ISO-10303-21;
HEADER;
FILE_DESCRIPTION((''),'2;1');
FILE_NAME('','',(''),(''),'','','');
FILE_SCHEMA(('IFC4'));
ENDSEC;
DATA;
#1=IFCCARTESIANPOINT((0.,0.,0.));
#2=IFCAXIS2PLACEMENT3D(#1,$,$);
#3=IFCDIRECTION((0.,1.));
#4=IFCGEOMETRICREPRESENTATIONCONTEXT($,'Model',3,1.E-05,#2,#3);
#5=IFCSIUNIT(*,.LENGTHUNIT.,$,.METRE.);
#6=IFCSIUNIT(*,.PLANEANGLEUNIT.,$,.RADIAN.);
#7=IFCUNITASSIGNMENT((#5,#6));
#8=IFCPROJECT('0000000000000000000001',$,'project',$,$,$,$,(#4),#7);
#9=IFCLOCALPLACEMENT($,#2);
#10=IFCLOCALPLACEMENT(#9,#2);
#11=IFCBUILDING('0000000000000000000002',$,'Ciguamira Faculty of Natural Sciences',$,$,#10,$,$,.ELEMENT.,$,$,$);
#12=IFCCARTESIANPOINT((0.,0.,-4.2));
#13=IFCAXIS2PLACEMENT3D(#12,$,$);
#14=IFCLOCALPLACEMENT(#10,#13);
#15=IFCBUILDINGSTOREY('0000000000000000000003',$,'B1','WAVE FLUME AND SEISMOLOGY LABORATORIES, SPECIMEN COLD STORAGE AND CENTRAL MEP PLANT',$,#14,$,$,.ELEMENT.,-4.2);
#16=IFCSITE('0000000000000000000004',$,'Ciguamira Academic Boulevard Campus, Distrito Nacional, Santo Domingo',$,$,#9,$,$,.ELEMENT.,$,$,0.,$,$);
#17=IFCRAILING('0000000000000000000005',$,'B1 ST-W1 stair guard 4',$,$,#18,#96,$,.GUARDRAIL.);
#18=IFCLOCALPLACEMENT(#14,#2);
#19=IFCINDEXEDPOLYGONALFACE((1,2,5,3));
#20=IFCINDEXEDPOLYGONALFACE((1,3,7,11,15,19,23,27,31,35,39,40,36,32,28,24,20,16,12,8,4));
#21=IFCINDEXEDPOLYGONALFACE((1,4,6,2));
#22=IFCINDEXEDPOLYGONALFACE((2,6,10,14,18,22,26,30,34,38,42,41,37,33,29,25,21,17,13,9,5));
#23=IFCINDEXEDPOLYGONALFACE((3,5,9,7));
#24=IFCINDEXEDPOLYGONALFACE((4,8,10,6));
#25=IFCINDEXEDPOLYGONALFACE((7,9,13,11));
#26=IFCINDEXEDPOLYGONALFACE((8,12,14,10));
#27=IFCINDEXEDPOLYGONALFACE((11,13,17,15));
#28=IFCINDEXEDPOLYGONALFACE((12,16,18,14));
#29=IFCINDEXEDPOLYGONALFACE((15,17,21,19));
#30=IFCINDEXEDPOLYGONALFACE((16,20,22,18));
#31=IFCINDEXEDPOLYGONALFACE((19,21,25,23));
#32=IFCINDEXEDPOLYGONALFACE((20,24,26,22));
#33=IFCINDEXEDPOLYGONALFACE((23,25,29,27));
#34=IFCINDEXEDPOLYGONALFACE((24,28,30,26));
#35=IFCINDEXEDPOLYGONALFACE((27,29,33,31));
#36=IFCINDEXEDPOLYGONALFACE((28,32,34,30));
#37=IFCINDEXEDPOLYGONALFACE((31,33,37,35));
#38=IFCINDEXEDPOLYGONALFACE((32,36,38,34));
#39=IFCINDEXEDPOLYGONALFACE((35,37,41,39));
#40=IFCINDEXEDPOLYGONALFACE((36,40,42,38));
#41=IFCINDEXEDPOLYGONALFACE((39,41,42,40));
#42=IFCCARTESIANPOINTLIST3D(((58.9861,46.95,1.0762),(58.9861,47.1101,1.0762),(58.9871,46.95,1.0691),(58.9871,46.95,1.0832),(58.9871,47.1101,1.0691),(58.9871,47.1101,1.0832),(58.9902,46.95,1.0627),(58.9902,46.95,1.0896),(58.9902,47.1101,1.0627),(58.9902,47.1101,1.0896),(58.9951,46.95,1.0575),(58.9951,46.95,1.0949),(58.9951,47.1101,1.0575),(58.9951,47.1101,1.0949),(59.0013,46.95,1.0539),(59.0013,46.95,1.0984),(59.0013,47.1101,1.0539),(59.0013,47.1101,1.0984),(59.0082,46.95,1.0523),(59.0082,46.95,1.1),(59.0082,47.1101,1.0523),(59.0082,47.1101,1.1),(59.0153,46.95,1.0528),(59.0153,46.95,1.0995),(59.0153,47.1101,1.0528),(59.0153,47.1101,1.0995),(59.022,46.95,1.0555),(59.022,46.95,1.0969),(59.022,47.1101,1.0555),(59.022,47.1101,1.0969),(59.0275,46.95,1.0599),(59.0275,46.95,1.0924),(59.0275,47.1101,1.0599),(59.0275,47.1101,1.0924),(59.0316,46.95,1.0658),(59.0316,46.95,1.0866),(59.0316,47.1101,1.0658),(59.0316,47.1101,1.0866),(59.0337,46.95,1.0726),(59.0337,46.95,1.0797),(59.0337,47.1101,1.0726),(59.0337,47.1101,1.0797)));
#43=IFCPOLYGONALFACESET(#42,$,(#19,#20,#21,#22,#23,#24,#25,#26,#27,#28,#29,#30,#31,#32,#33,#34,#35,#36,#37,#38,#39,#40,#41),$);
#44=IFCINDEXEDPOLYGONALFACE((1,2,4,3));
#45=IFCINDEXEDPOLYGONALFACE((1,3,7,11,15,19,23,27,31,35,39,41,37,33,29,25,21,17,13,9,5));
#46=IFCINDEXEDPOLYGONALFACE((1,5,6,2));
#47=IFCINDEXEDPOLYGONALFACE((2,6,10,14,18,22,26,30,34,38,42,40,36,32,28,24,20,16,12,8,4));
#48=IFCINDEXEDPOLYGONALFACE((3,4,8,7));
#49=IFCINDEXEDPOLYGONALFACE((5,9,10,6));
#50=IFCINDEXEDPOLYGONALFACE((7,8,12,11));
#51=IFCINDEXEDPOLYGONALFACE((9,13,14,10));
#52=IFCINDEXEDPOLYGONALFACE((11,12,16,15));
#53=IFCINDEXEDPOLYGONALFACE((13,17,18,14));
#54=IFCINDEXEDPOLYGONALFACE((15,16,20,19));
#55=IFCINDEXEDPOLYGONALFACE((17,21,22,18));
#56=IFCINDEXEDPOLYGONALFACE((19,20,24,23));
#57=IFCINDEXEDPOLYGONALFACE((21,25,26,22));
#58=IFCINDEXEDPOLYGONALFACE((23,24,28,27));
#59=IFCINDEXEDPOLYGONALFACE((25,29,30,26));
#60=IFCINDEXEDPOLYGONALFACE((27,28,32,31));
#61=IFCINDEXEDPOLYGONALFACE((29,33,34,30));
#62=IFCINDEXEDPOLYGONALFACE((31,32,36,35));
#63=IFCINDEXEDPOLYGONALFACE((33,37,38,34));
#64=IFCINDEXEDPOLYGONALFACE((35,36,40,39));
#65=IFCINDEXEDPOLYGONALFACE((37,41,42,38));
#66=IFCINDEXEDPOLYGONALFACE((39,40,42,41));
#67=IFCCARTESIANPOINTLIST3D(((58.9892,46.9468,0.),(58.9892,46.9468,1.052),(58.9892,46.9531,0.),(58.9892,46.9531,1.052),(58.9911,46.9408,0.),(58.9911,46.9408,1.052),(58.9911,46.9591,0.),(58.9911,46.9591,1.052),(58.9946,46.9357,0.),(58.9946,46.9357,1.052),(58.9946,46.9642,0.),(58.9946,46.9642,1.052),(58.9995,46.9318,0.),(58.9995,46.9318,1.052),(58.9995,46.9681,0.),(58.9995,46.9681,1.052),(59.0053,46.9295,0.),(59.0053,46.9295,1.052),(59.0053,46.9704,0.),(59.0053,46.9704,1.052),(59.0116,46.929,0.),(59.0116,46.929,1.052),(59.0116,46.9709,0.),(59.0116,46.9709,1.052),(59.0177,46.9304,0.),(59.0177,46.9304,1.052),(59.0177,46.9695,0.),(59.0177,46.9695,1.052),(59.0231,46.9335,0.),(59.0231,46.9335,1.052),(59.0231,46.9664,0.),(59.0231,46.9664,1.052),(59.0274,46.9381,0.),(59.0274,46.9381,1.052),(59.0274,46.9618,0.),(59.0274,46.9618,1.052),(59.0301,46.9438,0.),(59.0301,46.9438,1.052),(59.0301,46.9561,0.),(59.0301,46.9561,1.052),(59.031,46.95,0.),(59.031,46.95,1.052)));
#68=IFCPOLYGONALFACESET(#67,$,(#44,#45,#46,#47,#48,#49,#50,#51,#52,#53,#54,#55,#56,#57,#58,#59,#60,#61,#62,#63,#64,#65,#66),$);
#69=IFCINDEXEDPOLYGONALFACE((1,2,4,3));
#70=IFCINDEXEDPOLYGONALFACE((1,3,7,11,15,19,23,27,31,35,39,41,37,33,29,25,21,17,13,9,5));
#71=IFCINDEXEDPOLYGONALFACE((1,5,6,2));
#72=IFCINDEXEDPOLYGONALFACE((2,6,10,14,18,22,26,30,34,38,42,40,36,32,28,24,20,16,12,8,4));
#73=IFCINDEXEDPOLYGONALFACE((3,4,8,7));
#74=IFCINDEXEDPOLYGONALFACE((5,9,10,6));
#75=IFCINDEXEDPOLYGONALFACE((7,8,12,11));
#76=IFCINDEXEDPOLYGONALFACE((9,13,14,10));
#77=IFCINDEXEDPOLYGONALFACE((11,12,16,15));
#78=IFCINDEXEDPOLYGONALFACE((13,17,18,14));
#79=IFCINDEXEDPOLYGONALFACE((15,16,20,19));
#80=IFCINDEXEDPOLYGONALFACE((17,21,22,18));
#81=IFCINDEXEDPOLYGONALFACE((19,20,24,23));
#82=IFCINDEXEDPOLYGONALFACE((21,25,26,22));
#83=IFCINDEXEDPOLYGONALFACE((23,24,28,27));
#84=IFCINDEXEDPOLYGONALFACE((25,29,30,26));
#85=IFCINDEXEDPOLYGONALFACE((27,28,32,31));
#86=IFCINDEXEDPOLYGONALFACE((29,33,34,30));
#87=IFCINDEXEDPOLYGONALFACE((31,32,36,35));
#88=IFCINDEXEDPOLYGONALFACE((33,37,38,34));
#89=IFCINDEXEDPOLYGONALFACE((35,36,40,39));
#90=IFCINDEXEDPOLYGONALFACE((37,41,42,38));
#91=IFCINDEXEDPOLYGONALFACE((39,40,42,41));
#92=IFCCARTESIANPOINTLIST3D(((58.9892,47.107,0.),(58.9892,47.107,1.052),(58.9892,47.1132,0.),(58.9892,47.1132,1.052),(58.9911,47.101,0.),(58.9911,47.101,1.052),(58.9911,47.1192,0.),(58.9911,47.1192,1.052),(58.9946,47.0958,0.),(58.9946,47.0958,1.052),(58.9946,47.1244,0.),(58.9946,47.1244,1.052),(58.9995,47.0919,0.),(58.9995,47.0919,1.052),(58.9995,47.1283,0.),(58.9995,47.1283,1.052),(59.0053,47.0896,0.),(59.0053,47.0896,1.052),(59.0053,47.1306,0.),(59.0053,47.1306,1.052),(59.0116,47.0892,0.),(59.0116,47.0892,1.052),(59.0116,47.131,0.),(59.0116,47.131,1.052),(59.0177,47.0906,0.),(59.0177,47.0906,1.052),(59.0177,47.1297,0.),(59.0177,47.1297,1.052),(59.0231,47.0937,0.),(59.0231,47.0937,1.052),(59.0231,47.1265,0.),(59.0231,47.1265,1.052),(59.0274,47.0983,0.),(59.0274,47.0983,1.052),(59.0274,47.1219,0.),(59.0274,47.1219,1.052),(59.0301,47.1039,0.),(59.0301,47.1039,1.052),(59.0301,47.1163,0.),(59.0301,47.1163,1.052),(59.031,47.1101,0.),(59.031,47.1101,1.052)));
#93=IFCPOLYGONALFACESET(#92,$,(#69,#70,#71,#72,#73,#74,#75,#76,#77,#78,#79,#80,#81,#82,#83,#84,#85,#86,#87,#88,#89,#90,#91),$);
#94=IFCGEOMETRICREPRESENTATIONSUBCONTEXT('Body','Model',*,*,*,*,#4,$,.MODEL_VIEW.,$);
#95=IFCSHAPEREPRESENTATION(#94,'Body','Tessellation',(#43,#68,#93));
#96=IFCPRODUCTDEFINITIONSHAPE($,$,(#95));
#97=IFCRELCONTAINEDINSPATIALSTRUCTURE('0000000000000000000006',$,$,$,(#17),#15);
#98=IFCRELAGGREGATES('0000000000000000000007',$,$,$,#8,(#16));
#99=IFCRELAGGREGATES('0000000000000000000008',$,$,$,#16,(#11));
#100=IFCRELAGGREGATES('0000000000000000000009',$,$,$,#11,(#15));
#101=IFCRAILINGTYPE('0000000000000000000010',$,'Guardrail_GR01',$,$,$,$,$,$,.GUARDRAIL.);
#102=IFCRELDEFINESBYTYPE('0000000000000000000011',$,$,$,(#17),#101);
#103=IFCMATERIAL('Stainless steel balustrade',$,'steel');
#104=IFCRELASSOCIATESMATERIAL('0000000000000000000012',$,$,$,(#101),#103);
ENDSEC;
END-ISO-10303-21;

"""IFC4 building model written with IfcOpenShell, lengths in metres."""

from ifc_helpers import new_model, si_unit, direction, frame, origin, origin_2d, place, context, subcontext, project, spatial, circle, extrude, material, type_object, element, save


model = new_model("IFC4")

# Units and contexts
model_context = context("Model", 3, precision=1e-05, world=origin(), true_north=direction((0.0, 1.0)))
body_context = subcontext(model_context, "Body", "Model", "MODEL_VIEW")
ifc_project = project(units=[si_unit("LENGTHUNIT", "METRE"), si_unit("PLANEANGLEUNIT", "RADIAN")], contexts=[model_context])

# Site, building, storey
site_placement = place(None, origin())
site = spatial("IfcSite", under=ifc_project, at=site_placement, Name="Ciguamira Academic Boulevard Campus, Distrito Nacional, Santo Domingo", CompositionType="ELEMENT", RefElevation=0.0)
building_placement = place(site_placement, origin())
building = spatial("IfcBuilding", under=site, at=building_placement, Name="Ciguamira Faculty of Natural Sciences", CompositionType="ELEMENT")
storey_placement = place(building_placement, frame((0.0, 0.0, -4.2)))
storey = spatial("IfcBuildingStorey", under=building, at=storey_placement, Name="B1", Description="WAVE FLUME AND SEISMOLOGY LABORATORIES, SPECIMEN COLD STORAGE AND CENTRAL MEP PLANT", CompositionType="ELEMENT", Elevation=-4.2)

# Railing
ifc_material_1 = material(Name="Stainless steel balustrade", Category="steel")
railing_type_1 = type_object("IfcRailingType", Name="Guardrail_GR01", PredefinedType="GUARDRAIL", material=ifc_material_1)
railing_1_placement = place(storey_placement, frame((59.01, 46.95, 0.0)))
element("IfcRailing", 1, at=railing_1_placement, inside=storey, type_object=railing_type_1, Name="B1 ST-W1 stair guard 4", PredefinedType="GUARDRAIL", context=body_context, shape_type="SweptSolid", body=[
    extrude(circle(Radius=0.0239, at=origin_2d()), frame((0.0, 0.0, 1.0762), z_axis=(0.0, 1.0, 0.0), x_axis=(-1.0, 0.0, 0.0)), (0.0, 0.0, 1.0), 0.1602),
    extrude(circle(Radius=0.021, at=origin_2d()), origin(), (0.0, 0.0, 1.0), 1.052),
    extrude(circle(Radius=0.021, at=origin_2d()), frame((0.0, 0.1602, 0.0)), (0.0, 0.0, 1.0), 1.052),
])

save(model, "model.ifc")
